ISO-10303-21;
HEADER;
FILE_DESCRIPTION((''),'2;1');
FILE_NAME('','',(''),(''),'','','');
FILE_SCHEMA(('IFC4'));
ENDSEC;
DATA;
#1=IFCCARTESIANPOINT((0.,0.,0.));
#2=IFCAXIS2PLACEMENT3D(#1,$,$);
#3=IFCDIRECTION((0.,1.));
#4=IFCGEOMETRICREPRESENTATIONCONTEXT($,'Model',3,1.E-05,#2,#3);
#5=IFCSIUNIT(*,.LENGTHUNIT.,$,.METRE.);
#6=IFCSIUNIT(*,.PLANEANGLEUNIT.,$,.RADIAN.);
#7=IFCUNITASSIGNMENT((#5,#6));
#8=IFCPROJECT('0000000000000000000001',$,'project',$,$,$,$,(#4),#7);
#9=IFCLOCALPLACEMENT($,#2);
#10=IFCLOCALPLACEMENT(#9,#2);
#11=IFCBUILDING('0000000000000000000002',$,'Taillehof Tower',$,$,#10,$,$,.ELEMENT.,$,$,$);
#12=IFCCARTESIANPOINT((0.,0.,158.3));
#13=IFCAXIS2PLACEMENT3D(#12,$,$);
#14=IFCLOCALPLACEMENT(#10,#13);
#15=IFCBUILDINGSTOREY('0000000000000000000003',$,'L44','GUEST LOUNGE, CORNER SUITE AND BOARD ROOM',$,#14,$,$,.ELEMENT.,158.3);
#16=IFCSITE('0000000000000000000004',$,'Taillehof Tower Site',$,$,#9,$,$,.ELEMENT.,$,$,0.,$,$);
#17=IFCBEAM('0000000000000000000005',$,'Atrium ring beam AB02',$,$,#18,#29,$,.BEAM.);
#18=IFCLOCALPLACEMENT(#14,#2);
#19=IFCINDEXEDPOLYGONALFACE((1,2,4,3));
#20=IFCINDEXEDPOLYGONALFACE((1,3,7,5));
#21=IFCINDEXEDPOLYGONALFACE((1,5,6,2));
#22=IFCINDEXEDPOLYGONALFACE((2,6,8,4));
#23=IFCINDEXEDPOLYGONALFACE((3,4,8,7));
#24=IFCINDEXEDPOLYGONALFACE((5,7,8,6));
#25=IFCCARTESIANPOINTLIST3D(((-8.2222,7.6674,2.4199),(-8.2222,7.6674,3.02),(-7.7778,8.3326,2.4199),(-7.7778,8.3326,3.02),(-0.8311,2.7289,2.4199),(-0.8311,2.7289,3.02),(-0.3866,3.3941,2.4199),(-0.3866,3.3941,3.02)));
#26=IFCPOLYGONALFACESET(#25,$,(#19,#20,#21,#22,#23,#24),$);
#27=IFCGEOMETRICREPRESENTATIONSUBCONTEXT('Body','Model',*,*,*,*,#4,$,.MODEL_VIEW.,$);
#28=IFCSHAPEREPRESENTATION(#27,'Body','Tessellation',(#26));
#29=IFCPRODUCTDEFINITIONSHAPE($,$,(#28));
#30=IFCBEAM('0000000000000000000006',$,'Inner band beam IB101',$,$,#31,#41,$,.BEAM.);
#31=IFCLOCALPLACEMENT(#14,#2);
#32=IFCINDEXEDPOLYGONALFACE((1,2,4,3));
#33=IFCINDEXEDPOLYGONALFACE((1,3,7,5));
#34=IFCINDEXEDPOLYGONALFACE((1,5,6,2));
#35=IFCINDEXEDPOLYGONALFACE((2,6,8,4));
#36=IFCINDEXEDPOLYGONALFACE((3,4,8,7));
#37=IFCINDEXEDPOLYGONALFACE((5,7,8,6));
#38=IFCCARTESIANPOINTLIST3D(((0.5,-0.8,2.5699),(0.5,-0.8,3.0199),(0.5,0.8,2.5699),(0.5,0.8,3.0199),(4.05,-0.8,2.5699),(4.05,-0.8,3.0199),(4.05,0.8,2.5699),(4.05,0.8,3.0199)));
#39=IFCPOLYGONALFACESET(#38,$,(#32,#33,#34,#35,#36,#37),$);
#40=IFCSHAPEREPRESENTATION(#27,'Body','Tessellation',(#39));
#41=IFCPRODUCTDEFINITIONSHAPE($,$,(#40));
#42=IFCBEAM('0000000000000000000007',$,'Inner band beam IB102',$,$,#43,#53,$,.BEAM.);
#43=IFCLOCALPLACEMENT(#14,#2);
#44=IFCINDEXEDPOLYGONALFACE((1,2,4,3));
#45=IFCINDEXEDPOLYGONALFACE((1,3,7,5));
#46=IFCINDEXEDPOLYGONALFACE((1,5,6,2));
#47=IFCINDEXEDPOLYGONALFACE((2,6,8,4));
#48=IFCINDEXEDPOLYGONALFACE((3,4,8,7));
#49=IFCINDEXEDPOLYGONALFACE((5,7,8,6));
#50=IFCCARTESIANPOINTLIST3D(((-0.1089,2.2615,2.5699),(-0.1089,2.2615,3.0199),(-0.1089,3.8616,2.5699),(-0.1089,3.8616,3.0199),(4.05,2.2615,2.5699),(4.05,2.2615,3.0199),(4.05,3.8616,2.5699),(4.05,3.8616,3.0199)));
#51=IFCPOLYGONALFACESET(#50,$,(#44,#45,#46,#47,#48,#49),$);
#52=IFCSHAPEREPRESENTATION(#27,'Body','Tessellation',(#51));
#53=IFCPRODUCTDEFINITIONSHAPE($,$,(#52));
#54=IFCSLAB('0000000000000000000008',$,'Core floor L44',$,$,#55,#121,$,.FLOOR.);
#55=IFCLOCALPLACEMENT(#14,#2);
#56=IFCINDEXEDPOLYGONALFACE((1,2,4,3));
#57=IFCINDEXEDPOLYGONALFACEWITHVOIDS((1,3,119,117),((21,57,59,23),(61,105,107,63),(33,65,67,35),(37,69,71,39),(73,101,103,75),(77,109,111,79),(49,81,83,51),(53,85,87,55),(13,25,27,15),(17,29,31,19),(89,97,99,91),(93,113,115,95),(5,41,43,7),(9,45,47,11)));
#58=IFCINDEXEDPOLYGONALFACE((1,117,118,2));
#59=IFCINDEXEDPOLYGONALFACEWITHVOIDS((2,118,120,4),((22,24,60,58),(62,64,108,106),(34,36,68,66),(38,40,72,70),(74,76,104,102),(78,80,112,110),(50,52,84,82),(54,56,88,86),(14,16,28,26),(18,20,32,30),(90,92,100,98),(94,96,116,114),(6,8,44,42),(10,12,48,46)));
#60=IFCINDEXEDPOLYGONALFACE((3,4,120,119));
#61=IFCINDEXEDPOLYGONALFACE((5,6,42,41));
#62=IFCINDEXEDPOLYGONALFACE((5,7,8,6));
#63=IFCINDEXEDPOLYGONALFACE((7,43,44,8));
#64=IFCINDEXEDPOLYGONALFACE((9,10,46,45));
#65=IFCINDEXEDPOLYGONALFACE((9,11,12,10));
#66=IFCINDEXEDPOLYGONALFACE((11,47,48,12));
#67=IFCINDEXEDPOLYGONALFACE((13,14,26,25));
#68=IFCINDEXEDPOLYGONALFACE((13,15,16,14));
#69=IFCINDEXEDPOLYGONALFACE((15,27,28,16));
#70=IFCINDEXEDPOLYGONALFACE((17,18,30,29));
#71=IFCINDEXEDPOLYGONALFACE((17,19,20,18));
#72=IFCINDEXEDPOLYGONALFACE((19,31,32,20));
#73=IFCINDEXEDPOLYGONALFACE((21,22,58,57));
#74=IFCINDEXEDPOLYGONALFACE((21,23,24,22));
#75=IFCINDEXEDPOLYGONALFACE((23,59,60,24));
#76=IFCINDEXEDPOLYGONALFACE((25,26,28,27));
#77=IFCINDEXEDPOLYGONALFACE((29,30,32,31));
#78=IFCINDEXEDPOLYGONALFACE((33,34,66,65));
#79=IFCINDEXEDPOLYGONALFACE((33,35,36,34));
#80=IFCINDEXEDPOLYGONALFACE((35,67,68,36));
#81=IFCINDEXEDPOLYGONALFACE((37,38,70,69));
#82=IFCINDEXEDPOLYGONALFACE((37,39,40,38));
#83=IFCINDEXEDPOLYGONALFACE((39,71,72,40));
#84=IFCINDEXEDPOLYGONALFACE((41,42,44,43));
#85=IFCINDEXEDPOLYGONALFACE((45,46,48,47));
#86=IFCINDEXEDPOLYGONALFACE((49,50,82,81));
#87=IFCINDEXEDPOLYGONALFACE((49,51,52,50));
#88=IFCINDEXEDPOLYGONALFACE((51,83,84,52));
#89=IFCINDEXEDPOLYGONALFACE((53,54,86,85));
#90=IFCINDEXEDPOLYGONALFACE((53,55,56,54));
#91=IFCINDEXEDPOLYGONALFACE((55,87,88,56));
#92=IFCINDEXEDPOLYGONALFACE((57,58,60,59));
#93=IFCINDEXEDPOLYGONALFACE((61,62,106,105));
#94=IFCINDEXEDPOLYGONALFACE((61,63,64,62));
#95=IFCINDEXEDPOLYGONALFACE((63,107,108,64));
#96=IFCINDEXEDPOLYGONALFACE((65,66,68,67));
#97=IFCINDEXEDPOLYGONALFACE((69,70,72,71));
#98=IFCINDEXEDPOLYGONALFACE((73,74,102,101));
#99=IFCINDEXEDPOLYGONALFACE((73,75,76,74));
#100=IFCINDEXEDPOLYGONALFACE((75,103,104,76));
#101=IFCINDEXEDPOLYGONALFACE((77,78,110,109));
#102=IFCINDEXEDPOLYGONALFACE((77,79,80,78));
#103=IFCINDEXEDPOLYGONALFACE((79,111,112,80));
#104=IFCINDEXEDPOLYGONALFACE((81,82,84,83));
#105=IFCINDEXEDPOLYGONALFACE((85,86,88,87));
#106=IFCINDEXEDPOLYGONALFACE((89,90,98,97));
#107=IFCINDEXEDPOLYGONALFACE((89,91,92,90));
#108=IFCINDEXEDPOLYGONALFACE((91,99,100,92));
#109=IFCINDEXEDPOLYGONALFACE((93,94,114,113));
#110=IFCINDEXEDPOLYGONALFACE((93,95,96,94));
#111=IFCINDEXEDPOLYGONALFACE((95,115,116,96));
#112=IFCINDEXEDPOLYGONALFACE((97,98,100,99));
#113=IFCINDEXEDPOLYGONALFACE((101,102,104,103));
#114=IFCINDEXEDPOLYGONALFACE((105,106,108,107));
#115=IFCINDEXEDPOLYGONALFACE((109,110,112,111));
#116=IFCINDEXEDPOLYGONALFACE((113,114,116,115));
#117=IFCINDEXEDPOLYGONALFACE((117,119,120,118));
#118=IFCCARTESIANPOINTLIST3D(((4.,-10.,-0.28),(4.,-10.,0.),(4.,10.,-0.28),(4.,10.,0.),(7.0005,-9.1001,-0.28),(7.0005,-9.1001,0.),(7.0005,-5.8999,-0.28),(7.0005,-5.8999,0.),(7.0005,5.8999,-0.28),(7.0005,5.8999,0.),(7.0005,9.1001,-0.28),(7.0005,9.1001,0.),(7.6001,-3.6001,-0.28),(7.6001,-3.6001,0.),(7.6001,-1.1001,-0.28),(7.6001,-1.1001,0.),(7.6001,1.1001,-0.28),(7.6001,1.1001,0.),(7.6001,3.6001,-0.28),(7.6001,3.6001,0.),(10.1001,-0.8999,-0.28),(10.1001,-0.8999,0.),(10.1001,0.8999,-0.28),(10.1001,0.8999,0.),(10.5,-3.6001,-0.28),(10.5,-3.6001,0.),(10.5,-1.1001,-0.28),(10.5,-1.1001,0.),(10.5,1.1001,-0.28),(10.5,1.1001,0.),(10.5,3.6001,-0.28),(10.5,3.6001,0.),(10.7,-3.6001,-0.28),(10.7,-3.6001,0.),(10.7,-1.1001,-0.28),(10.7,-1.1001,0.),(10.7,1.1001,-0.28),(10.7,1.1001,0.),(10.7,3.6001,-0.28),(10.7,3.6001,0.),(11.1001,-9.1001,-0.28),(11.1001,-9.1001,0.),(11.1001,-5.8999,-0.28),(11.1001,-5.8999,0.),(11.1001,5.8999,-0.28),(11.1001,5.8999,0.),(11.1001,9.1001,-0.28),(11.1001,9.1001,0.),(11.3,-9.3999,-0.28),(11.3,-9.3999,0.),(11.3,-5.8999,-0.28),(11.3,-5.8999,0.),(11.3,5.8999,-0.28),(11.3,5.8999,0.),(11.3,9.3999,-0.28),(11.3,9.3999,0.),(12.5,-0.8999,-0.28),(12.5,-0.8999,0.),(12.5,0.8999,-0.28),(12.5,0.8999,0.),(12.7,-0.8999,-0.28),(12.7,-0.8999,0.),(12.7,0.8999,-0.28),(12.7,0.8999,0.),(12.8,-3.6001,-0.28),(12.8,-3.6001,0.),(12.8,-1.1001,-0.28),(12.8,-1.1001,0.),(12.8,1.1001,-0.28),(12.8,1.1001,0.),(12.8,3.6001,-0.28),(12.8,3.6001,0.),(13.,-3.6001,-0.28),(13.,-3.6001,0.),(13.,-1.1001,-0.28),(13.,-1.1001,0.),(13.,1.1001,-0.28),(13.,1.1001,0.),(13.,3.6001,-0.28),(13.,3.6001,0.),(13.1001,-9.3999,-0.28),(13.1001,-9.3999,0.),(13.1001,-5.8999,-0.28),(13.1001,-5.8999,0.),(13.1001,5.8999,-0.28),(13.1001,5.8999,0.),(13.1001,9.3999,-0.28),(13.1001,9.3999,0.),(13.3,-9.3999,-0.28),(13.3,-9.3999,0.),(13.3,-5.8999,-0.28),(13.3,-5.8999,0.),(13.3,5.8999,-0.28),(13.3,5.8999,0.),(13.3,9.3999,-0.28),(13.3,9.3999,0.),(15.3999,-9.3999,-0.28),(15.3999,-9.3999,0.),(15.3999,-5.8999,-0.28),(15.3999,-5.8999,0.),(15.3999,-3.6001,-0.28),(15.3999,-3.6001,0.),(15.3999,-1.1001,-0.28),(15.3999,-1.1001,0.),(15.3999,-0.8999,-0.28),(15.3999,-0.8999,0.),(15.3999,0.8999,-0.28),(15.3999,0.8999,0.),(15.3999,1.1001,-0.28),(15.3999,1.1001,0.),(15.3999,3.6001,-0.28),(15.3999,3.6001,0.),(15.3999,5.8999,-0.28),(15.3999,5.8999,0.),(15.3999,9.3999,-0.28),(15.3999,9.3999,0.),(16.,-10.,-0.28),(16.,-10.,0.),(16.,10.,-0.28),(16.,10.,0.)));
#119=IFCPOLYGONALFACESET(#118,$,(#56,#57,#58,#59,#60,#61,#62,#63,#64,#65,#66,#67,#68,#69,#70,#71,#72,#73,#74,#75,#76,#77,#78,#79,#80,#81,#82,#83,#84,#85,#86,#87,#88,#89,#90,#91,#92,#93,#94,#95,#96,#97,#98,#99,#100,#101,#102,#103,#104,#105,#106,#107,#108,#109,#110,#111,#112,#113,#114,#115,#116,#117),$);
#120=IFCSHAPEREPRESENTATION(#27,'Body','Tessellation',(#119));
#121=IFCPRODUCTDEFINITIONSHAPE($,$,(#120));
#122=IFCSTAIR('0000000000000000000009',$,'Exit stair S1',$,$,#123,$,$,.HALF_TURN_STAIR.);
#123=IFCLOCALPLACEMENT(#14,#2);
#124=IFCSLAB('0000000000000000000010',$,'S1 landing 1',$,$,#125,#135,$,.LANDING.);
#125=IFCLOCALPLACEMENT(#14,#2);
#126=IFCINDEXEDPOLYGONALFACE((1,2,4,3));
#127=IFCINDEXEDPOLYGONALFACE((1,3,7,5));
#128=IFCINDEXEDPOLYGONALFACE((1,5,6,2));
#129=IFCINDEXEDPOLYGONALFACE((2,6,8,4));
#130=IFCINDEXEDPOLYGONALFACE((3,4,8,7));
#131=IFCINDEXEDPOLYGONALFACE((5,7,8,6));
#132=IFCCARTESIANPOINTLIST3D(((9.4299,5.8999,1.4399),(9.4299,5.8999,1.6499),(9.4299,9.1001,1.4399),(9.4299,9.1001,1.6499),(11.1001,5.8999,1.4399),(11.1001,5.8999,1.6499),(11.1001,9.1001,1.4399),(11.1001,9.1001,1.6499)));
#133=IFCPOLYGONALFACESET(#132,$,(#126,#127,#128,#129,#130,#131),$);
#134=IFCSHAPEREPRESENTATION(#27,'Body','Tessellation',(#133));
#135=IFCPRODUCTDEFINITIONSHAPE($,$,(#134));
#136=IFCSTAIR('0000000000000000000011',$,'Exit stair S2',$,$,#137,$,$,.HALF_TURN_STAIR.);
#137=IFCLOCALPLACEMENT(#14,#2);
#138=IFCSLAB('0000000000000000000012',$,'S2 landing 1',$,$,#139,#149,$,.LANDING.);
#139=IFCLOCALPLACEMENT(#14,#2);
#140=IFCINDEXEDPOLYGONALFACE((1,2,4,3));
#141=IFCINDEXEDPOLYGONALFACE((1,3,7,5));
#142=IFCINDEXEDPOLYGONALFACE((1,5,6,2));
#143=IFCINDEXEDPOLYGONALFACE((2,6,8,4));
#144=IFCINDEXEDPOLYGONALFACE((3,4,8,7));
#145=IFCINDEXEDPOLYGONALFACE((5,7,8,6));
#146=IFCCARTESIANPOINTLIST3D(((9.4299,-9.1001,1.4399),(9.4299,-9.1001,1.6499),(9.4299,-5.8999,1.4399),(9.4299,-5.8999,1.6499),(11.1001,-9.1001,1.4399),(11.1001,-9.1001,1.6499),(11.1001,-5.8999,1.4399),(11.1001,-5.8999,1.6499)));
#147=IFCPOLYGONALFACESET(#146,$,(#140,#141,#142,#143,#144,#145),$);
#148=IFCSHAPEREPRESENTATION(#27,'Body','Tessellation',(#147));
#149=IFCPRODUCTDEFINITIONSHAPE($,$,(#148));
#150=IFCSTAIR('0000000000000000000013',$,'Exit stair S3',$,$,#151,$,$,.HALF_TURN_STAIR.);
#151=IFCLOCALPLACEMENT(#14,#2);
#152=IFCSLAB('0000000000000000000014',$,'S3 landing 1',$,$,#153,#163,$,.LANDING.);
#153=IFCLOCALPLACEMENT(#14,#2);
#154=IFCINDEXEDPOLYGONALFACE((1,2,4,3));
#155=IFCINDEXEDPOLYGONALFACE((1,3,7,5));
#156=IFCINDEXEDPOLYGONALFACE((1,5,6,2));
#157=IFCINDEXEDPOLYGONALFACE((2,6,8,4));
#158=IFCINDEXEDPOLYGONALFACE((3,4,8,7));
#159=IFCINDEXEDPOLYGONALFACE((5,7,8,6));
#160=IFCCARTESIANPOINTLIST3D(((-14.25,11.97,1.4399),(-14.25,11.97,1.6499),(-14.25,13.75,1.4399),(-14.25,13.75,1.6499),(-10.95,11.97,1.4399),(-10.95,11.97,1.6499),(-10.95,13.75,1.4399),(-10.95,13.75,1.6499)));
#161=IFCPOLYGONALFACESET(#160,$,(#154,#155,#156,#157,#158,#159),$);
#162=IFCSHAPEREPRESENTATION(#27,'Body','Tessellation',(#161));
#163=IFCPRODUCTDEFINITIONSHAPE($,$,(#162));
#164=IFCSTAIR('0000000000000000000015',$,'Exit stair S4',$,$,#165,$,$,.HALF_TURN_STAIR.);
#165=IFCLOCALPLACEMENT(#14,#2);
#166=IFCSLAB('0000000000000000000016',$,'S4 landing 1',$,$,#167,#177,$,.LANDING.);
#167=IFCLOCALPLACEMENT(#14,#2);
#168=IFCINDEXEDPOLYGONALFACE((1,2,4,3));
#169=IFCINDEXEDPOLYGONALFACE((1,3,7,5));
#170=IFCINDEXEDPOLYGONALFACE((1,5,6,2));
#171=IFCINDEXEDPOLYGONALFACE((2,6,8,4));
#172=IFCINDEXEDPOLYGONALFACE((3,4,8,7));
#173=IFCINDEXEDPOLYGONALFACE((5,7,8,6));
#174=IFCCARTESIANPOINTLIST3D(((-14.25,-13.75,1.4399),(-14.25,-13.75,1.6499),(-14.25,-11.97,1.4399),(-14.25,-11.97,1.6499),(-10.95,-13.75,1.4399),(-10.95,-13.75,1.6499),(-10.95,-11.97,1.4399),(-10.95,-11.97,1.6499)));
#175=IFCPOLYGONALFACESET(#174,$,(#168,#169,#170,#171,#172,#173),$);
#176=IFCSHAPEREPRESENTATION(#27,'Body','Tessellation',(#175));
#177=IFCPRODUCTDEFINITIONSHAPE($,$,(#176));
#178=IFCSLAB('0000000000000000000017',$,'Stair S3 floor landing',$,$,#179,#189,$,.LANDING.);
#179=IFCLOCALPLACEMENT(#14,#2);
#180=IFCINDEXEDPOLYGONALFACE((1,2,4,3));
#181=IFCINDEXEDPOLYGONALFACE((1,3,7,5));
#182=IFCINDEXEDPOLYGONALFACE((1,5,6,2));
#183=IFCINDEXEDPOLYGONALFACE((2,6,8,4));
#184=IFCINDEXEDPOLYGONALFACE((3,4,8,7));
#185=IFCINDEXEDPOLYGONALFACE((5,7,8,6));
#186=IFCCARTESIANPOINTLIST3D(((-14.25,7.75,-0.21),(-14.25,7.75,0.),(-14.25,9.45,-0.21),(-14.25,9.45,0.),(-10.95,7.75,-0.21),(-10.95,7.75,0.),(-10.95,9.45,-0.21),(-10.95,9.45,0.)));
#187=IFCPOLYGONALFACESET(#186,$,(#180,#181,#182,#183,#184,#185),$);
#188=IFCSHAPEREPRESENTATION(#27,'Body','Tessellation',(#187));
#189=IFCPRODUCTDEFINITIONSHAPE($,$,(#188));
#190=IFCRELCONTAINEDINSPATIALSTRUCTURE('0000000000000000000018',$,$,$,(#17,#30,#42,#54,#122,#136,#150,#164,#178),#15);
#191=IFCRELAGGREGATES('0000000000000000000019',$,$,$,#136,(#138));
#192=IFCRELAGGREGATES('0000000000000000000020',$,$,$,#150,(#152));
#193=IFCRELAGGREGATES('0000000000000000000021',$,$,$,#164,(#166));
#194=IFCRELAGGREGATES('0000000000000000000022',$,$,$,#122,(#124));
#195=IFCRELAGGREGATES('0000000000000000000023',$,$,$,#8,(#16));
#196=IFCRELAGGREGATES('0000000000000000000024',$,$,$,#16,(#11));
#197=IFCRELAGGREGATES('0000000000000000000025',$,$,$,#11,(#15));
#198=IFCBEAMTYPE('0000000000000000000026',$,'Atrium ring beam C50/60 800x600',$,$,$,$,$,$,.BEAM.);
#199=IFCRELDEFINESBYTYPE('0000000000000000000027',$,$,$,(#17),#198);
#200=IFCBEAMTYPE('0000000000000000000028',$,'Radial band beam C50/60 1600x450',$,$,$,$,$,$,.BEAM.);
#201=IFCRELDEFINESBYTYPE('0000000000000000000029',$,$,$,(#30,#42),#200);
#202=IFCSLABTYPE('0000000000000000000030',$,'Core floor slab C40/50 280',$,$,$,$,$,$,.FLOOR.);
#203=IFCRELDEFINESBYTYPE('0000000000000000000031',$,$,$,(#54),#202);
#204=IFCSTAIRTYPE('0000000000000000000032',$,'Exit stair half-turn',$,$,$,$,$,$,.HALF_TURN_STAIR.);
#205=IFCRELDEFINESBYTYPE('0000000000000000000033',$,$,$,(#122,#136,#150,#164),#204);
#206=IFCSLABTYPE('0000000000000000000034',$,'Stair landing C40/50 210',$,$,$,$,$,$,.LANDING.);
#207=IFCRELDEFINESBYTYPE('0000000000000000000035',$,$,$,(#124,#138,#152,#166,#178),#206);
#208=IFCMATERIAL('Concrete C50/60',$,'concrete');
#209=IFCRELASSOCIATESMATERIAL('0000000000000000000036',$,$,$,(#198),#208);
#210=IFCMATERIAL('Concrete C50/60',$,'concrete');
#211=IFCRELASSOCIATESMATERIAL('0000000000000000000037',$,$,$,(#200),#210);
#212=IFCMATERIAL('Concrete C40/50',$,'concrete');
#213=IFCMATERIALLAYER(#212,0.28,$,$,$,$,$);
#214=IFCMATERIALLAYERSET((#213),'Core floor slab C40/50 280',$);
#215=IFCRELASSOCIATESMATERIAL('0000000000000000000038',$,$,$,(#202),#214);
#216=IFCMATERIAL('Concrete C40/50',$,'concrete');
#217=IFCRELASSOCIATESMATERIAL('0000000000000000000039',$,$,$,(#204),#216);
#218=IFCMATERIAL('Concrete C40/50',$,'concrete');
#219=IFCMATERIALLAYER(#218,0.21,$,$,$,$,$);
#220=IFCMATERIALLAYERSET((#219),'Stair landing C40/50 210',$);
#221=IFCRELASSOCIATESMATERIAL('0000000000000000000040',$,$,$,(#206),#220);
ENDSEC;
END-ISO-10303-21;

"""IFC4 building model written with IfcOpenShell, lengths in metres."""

from ifc_helpers import new_model, si_unit, direction, frame, origin, origin_2d, place, context, subcontext, project, spatial, polyline, rectangle, outline, extrude, material, layer, layer_set, material_profile, profile_set, type_object, element, aggregate, save


model = new_model("IFC4")

# Units and contexts
model_context = context("Model", 3, precision=1e-05, world=origin(), true_north=direction((0.0, 1.0)))
body_context = subcontext(model_context, "Body", "Model", "MODEL_VIEW")
ifc_project = project(units=[si_unit("LENGTHUNIT", "METRE"), si_unit("PLANEANGLEUNIT", "RADIAN")], contexts=[model_context])

# Site, building, storey
site_placement = place(None, origin())
site = spatial("IfcSite", under=ifc_project, at=site_placement, Name="Taillehof Tower Site", CompositionType="ELEMENT", RefElevation=0.0)
building_placement = place(site_placement, origin())
building = spatial("IfcBuilding", under=site, at=building_placement, Name="Taillehof Tower", CompositionType="ELEMENT")
storey_placement = place(building_placement, frame((0.0, 0.0, 158.3)))
storey = spatial("IfcBuildingStorey", under=building, at=storey_placement, Name="L44", Description="GUEST LOUNGE, CORNER SUITE AND BOARD ROOM", CompositionType="ELEMENT", Elevation=158.3)

# Beams
ifc_material_1 = material(Name="Concrete C50/60", Category="concrete")
ifc_material_profile_1 = material_profile(ifc_material_1, rectangle(XDim=0.8, YDim=0.6001, at=origin_2d()), Name="RC 800x600")
ifc_profile_set_1 = profile_set([ifc_material_profile_1], Name="Concrete C50/60")
beam_type_1 = type_object("IfcBeamType", Name="Atrium ring beam C50/60 800x600", PredefinedType="BEAM", material=ifc_profile_set_1)
beam_1_placement = place(storey_placement, frame((-0.6089, 3.0615, 2.72), z_axis=(-0.831475, 0.555562, 0.0), x_axis=(-0.555562, -0.831475, 0.0)))
element("IfcBeam", 1, at=beam_1_placement, inside=storey, type_object=beam_type_1, Name="Atrium ring beam AB02", PredefinedType="BEAM", context=body_context, shape_type="SweptSolid", body=[
    extrude(rectangle(XDim=0.8, YDim=0.6001, at=origin_2d()), origin(), (0.0, 0.0, 1.0), 8.8892),
])
ifc_material_2 = material(Name="Concrete C50/60", Category="concrete")
ifc_material_profile_2 = material_profile(ifc_material_2, rectangle(XDim=1.6001, YDim=0.45, at=origin_2d()), Name="RC 1600x450")
ifc_profile_set_2 = profile_set([ifc_material_profile_2], Name="Concrete C50/60")
beam_type_2 = type_object("IfcBeamType", Name="Radial band beam C50/60 1600x450", PredefinedType="BEAM", material=ifc_profile_set_2)
beam_2_placement = place(storey_placement, frame((0.5, 0.0, 2.7949), z_axis=(1.0, 0.0, 0.0), x_axis=(0.0, 1.0, 0.0)))
element("IfcBeam", 2, at=beam_2_placement, inside=storey, type_object=beam_type_2, Name="Inner band beam IB101", PredefinedType="BEAM", context=body_context, shape_type="SweptSolid", body=[
    extrude(rectangle(XDim=1.6001, YDim=0.45, at=origin_2d()), origin(), (0.0, 0.0, 1.0), 3.55),
])
beam_3_placement = place(storey_placement, frame((-0.1089, 3.0615, 2.7949), z_axis=(1.0, 0.0, 0.0), x_axis=(0.0, 1.0, 0.0)))
element("IfcBeam", 3, at=beam_3_placement, inside=storey, type_object=beam_type_2, Name="Inner band beam IB102", PredefinedType="BEAM", context=body_context, shape_type="SweptSolid", body=[
    extrude(rectangle(XDim=1.6001, YDim=0.45, at=origin_2d()), origin(), (0.0, 0.0, 1.0), 4.1589),
])

# Slab
ifc_material_3 = material(Name="Concrete C40/50", Category="concrete")
ifc_layer_1 = layer(ifc_material_3, 0.28)
ifc_layer_set_1 = layer_set([ifc_layer_1], Name="Core floor slab C40/50 280")
slab_type_1 = type_object("IfcSlabType", Name="Core floor slab C40/50 280", PredefinedType="FLOOR", material=ifc_layer_set_1)
slab_1_placement = place(storey_placement, frame((0.0, 0.0, -0.28)))
element("IfcSlab", 4, at=slab_1_placement, inside=storey, type_object=slab_type_1, Name="Core floor L44", PredefinedType="FLOOR", context=body_context, shape_type="SweptSolid", body=[
    extrude(outline(polyline([(4.0, -10.0), (4.0, 10.0), (16.0, 10.0), (16.0, -10.0), (4.0, -10.0)]), holes=[polyline([(11.1001, -9.1001), (11.1001, -5.8999), (7.0005, -5.8999), (7.0005, -9.1001), (11.1001, -9.1001)]), polyline([(10.5, -3.6001), (10.5, -1.1001), (7.6001, -1.1001), (7.6001, -3.6001), (10.5, -3.6001)]), polyline([(12.8, -3.6001), (12.8, -1.1001), (10.7, -1.1001), (10.7, -3.6001), (12.8, -3.6001)]), polyline([(12.5, -0.8999), (12.5, 0.8999), (10.1001, 0.8999), (10.1001, -0.8999), (12.5, -0.8999)]), polyline([(10.5, 1.1001), (10.5, 3.6001), (7.6001, 3.6001), (7.6001, 1.1001), (10.5, 1.1001)]), polyline([(12.8, 1.1001), (12.8, 3.6001), (10.7, 3.6001), (10.7, 1.1001), (12.8, 1.1001)]), polyline([(11.1001, 5.8999), (11.1001, 9.1001), (7.0005, 9.1001), (7.0005, 5.8999), (11.1001, 5.8999)]), polyline([(13.1001, -5.8999), (11.3, -5.8999), (11.3, -9.3999), (13.1001, -9.3999), (13.1001, -5.8999)]), polyline([(15.3999, -9.3999), (15.3999, -5.8999), (13.3, -5.8999), (13.3, -9.3999), (15.3999, -9.3999)]), polyline([(15.3999, -3.6001), (15.3999, -1.1001), (13.0, -1.1001), (13.0, -3.6001), (15.3999, -3.6001)]), polyline([(15.3999, -0.8999), (15.3999, 0.8999), (12.7, 0.8999), (12.7, -0.8999), (15.3999, -0.8999)]), polyline([(15.3999, 1.1001), (15.3999, 3.6001), (13.0, 3.6001), (13.0, 1.1001), (15.3999, 1.1001)]), polyline([(13.1001, 5.8999), (13.1001, 9.3999), (11.3, 9.3999), (11.3, 5.8999), (13.1001, 5.8999)]), polyline([(15.3999, 5.8999), (15.3999, 9.3999), (13.3, 9.3999), (13.3, 5.8999), (15.3999, 5.8999)])]), origin(), (0.0, 0.0, 1.0), 0.28),
])

# Stairs, slabs
ifc_material_4 = material(Name="Concrete C40/50", Category="concrete")
stair_type = type_object("IfcStairType", Name="Exit stair half-turn", PredefinedType="HALF_TURN_STAIR", material=ifc_material_4)
stair_1_placement = place(storey_placement, origin())
stair_1 = element("IfcStair", 5, at=stair_1_placement, inside=storey, type_object=stair_type, Name="Exit stair S1", PredefinedType="HALF_TURN_STAIR")
ifc_material_5 = material(Name="Concrete C40/50", Category="concrete")
ifc_layer_2 = layer(ifc_material_5, 0.21)
ifc_layer_set_2 = layer_set([ifc_layer_2], Name="Stair landing C40/50 210")
slab_type_2 = type_object("IfcSlabType", Name="Stair landing C40/50 210", PredefinedType="LANDING", material=ifc_layer_set_2)
slab_2_placement = place(storey_placement, frame((0.0, 0.0, 1.4399)))
slab_2 = element("IfcSlab", 6, at=slab_2_placement, type_object=slab_type_2, Name="S1 landing 1", PredefinedType="LANDING", context=body_context, shape_type="SweptSolid", body=[
    extrude(outline(polyline([(9.4299, 5.8999), (11.1001, 5.8999), (11.1001, 9.1001), (9.4299, 9.1001), (9.4299, 5.8999)])), origin(), (0.0, 0.0, 1.0), 0.21),
])
stair_2_placement = place(storey_placement, origin())
stair_2 = element("IfcStair", 7, at=stair_2_placement, inside=storey, type_object=stair_type, Name="Exit stair S2", PredefinedType="HALF_TURN_STAIR")
slab_3_placement = place(storey_placement, frame((0.0, 0.0, 1.4399)))
slab_3 = element("IfcSlab", 8, at=slab_3_placement, type_object=slab_type_2, Name="S2 landing 1", PredefinedType="LANDING", context=body_context, shape_type="SweptSolid", body=[
    extrude(outline(polyline([(9.4299, -5.8999), (11.1001, -5.8999), (11.1001, -9.1001), (9.4299, -9.1001), (9.4299, -5.8999)])), origin(), (0.0, 0.0, 1.0), 0.21),
])
aggregate(stair_2, [slab_3])
stair_3_placement = place(storey_placement, origin())
stair_3 = element("IfcStair", 9, at=stair_3_placement, inside=storey, type_object=stair_type, Name="Exit stair S3", PredefinedType="HALF_TURN_STAIR")
slab_4_placement = place(storey_placement, frame((0.0, 0.0, 1.4399)))
slab_4 = element("IfcSlab", 10, at=slab_4_placement, type_object=slab_type_2, Name="S3 landing 1", PredefinedType="LANDING", context=body_context, shape_type="SweptSolid", body=[
    extrude(outline(polyline([(-14.25, 11.97), (-14.25, 13.75), (-10.95, 13.75), (-10.95, 11.97), (-14.25, 11.97)])), origin(), (0.0, 0.0, 1.0), 0.21),
])
aggregate(stair_3, [slab_4])
stair_4_placement = place(storey_placement, origin())
stair_4 = element("IfcStair", 11, at=stair_4_placement, inside=storey, type_object=stair_type, Name="Exit stair S4", PredefinedType="HALF_TURN_STAIR")
slab_5_placement = place(storey_placement, frame((0.0, 0.0, 1.4399)))
slab_5 = element("IfcSlab", 12, at=slab_5_placement, type_object=slab_type_2, Name="S4 landing 1", PredefinedType="LANDING", context=body_context, shape_type="SweptSolid", body=[
    extrude(outline(polyline([(-14.25, -11.97), (-14.25, -13.75), (-10.95, -13.75), (-10.95, -11.97), (-14.25, -11.97)])), origin(), (0.0, 0.0, 1.0), 0.21),
])
aggregate(stair_4, [slab_5])

# Slab
slab_6_placement = place(storey_placement, frame((0.0, 0.0, -0.21)))
element("IfcSlab", 13, at=slab_6_placement, inside=storey, type_object=slab_type_2, Name="Stair S3 floor landing", PredefinedType="LANDING", context=body_context, shape_type="SweptSolid", body=[
    extrude(outline(polyline([(-14.25, 7.75), (-14.25, 9.45), (-10.95, 9.45), (-10.95, 7.75), (-14.25, 7.75)])), origin(), (0.0, 0.0, 1.0), 0.21),
])

aggregate(stair_1, [slab_2])

save(model, "model.ifc")
